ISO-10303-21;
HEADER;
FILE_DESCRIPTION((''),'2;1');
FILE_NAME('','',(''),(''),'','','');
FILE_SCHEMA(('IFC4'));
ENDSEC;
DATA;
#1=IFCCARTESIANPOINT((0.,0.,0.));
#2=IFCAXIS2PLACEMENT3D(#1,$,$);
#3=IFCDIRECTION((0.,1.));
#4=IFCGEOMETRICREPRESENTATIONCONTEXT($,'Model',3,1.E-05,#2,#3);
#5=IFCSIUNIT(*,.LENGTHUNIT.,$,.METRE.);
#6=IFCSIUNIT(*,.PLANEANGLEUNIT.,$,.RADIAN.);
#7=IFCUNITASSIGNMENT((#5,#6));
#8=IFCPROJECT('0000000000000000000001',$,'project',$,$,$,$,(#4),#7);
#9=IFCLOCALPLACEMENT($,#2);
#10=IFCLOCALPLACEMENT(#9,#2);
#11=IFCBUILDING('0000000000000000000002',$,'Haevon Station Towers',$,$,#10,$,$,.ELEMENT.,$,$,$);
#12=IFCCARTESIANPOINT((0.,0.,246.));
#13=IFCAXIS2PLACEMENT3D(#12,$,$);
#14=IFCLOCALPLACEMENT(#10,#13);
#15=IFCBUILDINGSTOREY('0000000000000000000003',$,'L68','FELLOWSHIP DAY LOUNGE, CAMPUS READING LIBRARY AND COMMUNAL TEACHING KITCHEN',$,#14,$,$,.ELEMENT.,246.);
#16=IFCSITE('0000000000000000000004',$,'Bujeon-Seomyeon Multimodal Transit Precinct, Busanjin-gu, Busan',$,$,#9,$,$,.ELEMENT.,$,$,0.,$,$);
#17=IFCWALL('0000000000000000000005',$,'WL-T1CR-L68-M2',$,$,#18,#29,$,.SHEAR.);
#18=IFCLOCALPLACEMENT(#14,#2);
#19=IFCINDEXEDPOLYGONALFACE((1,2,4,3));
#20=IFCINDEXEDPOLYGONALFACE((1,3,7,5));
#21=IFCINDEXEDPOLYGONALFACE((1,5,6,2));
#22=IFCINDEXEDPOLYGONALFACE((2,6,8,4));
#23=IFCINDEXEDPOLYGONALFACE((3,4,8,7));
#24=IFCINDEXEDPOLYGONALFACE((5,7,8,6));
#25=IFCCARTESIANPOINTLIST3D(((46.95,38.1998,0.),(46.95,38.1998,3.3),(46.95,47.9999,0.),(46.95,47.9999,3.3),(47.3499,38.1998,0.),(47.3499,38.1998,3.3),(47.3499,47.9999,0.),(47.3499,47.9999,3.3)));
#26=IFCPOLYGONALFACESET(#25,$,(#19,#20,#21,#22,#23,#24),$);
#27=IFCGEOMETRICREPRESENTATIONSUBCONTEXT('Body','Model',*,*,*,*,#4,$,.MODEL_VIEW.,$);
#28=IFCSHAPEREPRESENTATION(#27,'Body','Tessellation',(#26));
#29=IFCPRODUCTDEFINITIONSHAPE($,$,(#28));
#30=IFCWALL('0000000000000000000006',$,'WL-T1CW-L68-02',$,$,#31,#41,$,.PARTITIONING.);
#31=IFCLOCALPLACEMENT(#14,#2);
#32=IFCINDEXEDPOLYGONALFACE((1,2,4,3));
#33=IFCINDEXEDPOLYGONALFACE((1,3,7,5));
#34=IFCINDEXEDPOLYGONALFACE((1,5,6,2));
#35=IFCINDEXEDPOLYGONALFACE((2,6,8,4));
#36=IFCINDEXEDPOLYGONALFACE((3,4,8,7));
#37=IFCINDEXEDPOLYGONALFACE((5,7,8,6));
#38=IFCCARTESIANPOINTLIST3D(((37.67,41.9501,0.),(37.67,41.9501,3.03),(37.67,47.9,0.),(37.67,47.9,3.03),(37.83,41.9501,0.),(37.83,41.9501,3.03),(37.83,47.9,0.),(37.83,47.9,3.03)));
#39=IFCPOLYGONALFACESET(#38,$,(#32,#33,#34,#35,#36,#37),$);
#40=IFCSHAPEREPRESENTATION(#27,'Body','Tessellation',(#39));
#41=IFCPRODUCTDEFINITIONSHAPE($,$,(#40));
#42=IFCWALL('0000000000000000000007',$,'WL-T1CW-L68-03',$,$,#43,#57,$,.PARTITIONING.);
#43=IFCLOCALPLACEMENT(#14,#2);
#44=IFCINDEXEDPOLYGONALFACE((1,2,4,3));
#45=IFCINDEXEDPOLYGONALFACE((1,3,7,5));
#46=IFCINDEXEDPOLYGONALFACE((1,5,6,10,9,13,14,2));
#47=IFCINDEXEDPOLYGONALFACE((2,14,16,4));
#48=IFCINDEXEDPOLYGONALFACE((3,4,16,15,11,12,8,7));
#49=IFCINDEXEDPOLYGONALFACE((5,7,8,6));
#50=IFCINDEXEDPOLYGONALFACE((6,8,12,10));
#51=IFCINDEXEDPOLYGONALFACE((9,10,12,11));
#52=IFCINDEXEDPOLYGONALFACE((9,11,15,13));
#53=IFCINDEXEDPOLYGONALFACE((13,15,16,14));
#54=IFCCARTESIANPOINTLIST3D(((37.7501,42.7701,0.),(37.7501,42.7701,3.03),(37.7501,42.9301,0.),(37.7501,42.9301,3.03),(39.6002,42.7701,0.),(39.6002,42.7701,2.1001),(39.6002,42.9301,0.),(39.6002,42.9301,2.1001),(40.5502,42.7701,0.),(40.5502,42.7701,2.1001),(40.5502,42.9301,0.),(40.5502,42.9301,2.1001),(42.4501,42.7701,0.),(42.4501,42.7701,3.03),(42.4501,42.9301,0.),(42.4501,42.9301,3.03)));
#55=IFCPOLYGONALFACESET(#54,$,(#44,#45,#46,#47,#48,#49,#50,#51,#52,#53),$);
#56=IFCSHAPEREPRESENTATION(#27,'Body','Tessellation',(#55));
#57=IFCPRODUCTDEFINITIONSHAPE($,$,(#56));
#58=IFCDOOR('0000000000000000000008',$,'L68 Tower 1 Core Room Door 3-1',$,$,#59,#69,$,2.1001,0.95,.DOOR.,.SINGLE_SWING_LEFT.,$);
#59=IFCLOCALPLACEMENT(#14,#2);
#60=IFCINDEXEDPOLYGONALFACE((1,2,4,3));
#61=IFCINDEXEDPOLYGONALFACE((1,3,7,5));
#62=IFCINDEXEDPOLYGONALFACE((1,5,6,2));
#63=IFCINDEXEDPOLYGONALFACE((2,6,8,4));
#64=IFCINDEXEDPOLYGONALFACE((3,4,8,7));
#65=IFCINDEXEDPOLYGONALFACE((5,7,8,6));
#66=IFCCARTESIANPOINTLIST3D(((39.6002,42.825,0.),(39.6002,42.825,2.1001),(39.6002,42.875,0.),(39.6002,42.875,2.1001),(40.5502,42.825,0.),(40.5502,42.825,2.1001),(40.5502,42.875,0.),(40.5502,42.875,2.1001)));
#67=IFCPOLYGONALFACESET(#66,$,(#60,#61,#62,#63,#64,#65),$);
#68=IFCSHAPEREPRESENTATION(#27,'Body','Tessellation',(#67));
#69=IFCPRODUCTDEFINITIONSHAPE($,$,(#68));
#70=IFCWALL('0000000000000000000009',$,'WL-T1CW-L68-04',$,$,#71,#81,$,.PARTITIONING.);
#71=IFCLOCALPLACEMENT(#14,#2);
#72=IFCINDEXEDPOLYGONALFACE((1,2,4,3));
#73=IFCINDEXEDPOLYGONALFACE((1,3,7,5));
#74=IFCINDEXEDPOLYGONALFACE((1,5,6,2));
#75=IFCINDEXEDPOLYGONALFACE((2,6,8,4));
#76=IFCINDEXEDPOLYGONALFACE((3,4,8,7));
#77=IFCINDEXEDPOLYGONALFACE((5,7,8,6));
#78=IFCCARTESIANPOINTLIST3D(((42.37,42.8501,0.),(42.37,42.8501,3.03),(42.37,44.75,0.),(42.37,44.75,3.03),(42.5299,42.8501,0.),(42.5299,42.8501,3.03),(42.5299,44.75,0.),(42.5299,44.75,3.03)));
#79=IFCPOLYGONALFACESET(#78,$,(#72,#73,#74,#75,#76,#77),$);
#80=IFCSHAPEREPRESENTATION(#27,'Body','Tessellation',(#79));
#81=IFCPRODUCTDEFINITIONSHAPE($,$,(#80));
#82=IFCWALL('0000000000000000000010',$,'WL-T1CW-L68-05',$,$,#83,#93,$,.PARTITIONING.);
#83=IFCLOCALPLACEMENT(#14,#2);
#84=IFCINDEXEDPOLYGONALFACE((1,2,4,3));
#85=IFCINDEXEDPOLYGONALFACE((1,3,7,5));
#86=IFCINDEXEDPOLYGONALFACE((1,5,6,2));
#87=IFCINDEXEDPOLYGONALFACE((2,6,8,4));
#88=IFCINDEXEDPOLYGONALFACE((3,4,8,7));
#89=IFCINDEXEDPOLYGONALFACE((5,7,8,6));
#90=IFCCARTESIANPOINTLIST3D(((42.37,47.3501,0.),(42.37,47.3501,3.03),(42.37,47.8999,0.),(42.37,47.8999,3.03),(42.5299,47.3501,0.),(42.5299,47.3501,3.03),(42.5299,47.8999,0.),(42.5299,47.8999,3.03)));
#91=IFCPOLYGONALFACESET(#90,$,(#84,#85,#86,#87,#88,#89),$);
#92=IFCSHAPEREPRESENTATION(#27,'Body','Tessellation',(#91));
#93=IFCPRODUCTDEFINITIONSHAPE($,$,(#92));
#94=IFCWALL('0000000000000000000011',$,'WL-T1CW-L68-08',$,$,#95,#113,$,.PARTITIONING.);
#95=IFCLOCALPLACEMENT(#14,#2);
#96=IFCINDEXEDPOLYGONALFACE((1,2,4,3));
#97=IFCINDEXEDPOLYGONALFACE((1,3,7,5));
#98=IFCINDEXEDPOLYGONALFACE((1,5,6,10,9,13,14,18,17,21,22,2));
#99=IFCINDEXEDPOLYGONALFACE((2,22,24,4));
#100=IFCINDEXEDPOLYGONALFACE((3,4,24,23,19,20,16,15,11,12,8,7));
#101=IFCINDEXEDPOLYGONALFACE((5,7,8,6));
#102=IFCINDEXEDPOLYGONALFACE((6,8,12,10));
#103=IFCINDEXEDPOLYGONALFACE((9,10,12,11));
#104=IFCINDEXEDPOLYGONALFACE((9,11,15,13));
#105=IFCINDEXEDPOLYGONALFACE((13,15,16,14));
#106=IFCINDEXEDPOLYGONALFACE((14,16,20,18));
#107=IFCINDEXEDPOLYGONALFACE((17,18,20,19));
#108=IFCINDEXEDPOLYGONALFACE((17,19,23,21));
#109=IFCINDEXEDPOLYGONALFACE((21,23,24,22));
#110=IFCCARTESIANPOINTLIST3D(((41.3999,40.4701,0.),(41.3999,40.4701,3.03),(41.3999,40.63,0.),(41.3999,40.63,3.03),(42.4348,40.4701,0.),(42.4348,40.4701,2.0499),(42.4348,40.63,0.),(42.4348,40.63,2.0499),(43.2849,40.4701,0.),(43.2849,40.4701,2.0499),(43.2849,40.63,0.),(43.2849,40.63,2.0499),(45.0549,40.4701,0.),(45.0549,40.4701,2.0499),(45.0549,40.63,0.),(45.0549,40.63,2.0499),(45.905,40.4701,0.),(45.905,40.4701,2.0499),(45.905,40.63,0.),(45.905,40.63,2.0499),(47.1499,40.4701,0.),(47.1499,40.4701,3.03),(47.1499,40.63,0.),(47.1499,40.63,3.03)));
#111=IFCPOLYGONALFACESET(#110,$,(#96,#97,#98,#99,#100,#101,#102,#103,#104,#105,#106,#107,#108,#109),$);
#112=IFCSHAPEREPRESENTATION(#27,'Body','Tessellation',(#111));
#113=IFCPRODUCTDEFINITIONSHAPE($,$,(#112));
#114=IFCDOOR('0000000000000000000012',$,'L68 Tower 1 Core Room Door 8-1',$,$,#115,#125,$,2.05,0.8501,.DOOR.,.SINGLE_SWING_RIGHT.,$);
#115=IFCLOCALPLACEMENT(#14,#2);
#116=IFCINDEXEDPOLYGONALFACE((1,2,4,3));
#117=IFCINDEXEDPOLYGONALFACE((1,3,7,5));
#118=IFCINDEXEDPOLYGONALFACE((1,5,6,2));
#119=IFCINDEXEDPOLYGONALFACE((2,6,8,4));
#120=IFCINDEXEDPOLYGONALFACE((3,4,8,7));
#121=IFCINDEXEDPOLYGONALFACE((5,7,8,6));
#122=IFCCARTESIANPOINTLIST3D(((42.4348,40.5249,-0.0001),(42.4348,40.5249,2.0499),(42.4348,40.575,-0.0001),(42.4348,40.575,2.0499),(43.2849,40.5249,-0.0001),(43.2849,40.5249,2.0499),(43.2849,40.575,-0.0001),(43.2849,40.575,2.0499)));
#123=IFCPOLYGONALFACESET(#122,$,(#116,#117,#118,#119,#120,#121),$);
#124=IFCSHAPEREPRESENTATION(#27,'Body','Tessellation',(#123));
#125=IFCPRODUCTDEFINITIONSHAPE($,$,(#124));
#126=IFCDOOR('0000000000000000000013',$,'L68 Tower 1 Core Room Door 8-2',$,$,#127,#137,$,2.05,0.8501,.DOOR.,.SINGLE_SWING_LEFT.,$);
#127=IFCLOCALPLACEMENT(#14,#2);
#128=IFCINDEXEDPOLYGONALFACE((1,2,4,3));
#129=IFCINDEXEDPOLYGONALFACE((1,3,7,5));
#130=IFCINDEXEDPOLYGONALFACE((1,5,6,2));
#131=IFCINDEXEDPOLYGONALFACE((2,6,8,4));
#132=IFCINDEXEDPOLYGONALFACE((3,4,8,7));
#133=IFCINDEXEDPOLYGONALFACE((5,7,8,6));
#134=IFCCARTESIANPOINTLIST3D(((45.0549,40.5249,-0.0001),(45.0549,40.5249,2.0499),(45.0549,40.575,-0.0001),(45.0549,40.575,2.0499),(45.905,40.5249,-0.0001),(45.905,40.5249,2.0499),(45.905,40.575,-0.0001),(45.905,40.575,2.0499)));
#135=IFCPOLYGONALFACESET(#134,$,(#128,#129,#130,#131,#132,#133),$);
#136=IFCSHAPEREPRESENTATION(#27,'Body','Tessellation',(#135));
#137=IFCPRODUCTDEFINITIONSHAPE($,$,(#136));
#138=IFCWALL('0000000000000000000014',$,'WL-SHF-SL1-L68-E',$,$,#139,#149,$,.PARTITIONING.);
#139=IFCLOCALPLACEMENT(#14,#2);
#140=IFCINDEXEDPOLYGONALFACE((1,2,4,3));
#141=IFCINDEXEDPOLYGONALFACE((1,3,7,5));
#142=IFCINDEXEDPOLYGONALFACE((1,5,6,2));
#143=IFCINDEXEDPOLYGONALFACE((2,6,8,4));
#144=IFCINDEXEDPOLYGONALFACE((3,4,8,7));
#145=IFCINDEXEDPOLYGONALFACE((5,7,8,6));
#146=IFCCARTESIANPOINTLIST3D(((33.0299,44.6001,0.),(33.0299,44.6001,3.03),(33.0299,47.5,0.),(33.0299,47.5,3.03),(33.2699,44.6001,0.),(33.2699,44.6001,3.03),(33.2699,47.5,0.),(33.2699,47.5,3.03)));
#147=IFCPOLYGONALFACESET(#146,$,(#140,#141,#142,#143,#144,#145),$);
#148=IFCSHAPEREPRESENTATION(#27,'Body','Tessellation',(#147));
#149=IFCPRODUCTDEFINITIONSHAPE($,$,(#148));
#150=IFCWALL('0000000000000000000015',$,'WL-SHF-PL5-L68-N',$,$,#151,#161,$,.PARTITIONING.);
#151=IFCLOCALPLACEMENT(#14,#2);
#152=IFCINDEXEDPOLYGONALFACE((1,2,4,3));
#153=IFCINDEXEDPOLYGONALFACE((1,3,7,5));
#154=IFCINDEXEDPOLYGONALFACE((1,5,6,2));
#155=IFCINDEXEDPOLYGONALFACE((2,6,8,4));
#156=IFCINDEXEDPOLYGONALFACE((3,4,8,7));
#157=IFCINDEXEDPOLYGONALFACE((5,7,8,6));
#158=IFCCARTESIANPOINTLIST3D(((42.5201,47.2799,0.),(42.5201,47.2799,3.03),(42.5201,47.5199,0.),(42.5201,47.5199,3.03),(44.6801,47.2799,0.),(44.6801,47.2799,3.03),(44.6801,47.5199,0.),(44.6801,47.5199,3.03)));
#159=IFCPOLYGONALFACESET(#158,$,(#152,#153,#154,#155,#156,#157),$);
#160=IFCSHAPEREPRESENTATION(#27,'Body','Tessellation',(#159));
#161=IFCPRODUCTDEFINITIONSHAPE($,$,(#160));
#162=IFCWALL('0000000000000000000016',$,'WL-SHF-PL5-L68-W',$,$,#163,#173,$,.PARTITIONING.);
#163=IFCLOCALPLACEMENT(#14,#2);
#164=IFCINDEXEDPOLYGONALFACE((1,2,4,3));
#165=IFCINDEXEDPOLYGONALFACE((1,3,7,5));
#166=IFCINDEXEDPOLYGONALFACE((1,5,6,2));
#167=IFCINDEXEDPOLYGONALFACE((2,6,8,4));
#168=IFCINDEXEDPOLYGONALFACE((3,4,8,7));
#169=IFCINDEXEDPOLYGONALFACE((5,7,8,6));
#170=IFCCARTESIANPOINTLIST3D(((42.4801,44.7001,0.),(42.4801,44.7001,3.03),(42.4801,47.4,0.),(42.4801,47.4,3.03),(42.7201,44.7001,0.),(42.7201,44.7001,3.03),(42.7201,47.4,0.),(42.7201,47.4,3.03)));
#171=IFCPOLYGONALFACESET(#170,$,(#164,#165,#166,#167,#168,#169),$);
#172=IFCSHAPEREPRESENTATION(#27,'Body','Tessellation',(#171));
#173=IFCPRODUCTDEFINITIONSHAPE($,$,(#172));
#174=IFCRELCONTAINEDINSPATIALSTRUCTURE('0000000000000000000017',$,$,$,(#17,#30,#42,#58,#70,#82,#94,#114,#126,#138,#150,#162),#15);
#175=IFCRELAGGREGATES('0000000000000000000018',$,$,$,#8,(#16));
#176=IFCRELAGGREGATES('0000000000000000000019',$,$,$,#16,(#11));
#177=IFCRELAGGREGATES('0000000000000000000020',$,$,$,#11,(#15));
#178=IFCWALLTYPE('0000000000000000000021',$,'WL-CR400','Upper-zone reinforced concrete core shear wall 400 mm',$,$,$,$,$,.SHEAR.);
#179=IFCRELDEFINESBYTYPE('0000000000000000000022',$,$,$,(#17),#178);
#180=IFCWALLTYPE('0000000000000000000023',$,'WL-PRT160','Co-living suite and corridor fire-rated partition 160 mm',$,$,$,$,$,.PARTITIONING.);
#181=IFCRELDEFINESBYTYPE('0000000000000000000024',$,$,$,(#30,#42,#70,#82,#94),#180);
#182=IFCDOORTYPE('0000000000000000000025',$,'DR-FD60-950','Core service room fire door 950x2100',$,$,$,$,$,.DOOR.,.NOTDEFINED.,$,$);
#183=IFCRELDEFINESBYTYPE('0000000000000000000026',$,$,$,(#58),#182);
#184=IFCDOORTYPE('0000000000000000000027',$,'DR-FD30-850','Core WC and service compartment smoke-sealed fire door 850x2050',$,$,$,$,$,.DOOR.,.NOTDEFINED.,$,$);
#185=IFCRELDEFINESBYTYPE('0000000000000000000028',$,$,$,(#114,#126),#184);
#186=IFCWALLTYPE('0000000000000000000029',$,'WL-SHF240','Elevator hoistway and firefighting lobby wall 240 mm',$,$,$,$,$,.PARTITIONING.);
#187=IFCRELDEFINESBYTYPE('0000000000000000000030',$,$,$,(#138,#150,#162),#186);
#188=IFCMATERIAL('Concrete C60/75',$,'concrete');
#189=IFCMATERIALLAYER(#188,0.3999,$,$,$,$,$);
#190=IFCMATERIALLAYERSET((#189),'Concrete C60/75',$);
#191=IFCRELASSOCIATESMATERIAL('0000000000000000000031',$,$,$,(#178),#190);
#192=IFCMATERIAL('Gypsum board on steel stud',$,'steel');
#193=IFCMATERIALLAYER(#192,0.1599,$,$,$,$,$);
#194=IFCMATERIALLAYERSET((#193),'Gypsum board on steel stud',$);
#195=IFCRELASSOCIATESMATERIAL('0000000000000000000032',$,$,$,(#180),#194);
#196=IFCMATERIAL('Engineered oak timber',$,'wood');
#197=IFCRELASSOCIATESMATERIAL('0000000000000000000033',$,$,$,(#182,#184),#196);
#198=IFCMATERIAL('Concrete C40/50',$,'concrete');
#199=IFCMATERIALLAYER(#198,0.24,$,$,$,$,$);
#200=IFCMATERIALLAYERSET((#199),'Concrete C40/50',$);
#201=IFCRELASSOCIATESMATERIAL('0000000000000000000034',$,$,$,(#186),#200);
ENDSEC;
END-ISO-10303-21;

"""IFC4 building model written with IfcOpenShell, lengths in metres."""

from ifc_helpers import new_model, si_unit, direction, frame, frame_2d, origin, place, context, subcontext, project, spatial, rectangle, extrude, material, layer, layer_set, type_object, element, fill, save


model = new_model("IFC4")

# Units and contexts
model_context = context("Model", 3, precision=1e-05, world=origin(), true_north=direction((0.0, 1.0)))
body_context = subcontext(model_context, "Body", "Model", "MODEL_VIEW")
ifc_project = project(units=[si_unit("LENGTHUNIT", "METRE"), si_unit("PLANEANGLEUNIT", "RADIAN")], contexts=[model_context])

# Site, building, storey
site_placement = place(None, origin())
site = spatial("IfcSite", under=ifc_project, at=site_placement, Name="Bujeon-Seomyeon Multimodal Transit Precinct, Busanjin-gu, Busan", CompositionType="ELEMENT", RefElevation=0.0)
building_placement = place(site_placement, origin())
building = spatial("IfcBuilding", under=site, at=building_placement, Name="Haevon Station Towers", CompositionType="ELEMENT")
storey_placement = place(building_placement, frame((0.0, 0.0, 246.0)))
storey = spatial("IfcBuildingStorey", under=building, at=storey_placement, Name="L68", Description="FELLOWSHIP DAY LOUNGE, CAMPUS READING LIBRARY AND COMMUNAL TEACHING KITCHEN", CompositionType="ELEMENT", Elevation=246.0)

# Shared definitions
ifc_material_1 = material(Name="Gypsum board on steel stud", Category="steel")
ifc_material_2 = material(Name="Engineered oak timber", Category="wood")

# Walls
ifc_material_3 = material(Name="Concrete C60/75", Category="concrete")
ifc_layer_1 = layer(ifc_material_3, 0.3999)
ifc_layer_set_1 = layer_set([ifc_layer_1], Name="Concrete C60/75")
wall_type_1 = type_object("IfcWallType", Name="WL-CR400", Description="Upper-zone reinforced concrete core shear wall 400 mm", PredefinedType="SHEAR", material=ifc_layer_set_1)
wall_1_placement = place(storey_placement, frame((47.1499, 38.2, 0.0), z_axis=(0.0, 0.0, 1.0), x_axis=(0.0, 1.0, 0.0)))
element("IfcWall", 1, at=wall_1_placement, inside=storey, type_object=wall_type_1, Name="WL-T1CR-L68-M2", PredefinedType="SHEAR", context=body_context, shape_type="SweptSolid", body=[
    extrude(rectangle(XDim=9.8, YDim=0.3999, at=frame_2d((4.8999, 0.0))), origin(), (0.0, 0.0, 1.0), 3.3),
])
ifc_layer_2 = layer(ifc_material_1, 0.1599)
ifc_layer_set_2 = layer_set([ifc_layer_2], Name="Gypsum board on steel stud")
wall_type_2 = type_object("IfcWallType", Name="WL-PRT160", Description="Co-living suite and corridor fire-rated partition 160 mm", PredefinedType="PARTITIONING", material=ifc_layer_set_2)
wall_2_placement = place(storey_placement, frame((37.75, 41.95, 0.0), z_axis=(0.0, 0.0, 1.0), x_axis=(0.0, 1.0, 0.0)))
element("IfcWall", 2, at=wall_2_placement, inside=storey, type_object=wall_type_2, Name="WL-T1CW-L68-02", PredefinedType="PARTITIONING", context=body_context, shape_type="SweptSolid", body=[
    extrude(rectangle(XDim=5.95, YDim=0.1599, at=frame_2d((2.9751, 0.0))), origin(), (0.0, 0.0, 1.0), 3.03),
])

# Wall, opening, door
wall_3_placement = place(storey_placement, frame((37.75, 42.8501, 0.0), z_axis=(0.0, 0.0, 1.0), x_axis=(1.0, 0.0, 0.0)))
wall_3 = element("IfcWall", 3, at=wall_3_placement, inside=storey, type_object=wall_type_2, Name="WL-T1CW-L68-03", PredefinedType="PARTITIONING", context=body_context, shape_type="SweptSolid", body=[
    extrude(rectangle(XDim=4.7, YDim=0.1599, at=frame_2d((2.3501, 0.0))), origin(), (0.0, 0.0, 1.0), 3.03),
])
opening_1_placement = place(wall_3_placement, frame((1.8501, 0.0, 0.0)))
opening_1 = element("IfcOpeningElement", 4, at=opening_1_placement, cuts=wall_3, PredefinedType="OPENING", context=body_context, shape_type="SweptSolid", body=[
    extrude(rectangle(XDim=0.95, YDim=2.1001, at=frame_2d((0.4751, 1.05))), frame((0.0, 0.0898, 0.0), z_axis=(0.0, -1.0, 0.0), x_axis=(1.0, 0.0, 0.0)), (0.0, 0.0, 1.0), 0.1799),
])
door_type_1 = type_object("IfcDoorType", Name="DR-FD60-950", Description="Core service room fire door 950x2100", OperationType="NOTDEFINED", PredefinedType="DOOR", material=ifc_material_2)
door_1_placement = place(opening_1_placement, origin())
door_1 = element("IfcDoor", 5, at=door_1_placement, inside=storey, type_object=door_type_1, Name="L68 Tower 1 Core Room Door 3-1", OperationType="SINGLE_SWING_LEFT", OverallHeight=2.1001, OverallWidth=0.95, PredefinedType="DOOR", context=body_context, shape_type="SweptSolid", body=[
    extrude(rectangle(XDim=0.95, YDim=2.1001, at=frame_2d((0.4751, 1.05))), frame((0.0, 0.0249, 0.0), z_axis=(0.0, -1.0, 0.0), x_axis=(1.0, 0.0, 0.0)), (0.0, 0.0, 1.0), 0.05),
])
fill(opening_1, door_1)

# Walls
wall_4_placement = place(storey_placement, frame((42.45, 42.8501, 0.0), z_axis=(0.0, 0.0, 1.0), x_axis=(0.0, 1.0, 0.0)))
element("IfcWall", 6, at=wall_4_placement, inside=storey, type_object=wall_type_2, Name="WL-T1CW-L68-04", PredefinedType="PARTITIONING", context=body_context, shape_type="SweptSolid", body=[
    extrude(rectangle(XDim=1.8999, YDim=0.1599, at=frame_2d((0.95, 0.0))), origin(), (0.0, 0.0, 1.0), 3.03),
])
wall_5_placement = place(storey_placement, frame((42.45, 47.3501, 0.0), z_axis=(0.0, 0.0, 1.0), x_axis=(0.0, 1.0, 0.0)))
element("IfcWall", 7, at=wall_5_placement, inside=storey, type_object=wall_type_2, Name="WL-T1CW-L68-05", PredefinedType="PARTITIONING", context=body_context, shape_type="SweptSolid", body=[
    extrude(rectangle(XDim=0.5498, YDim=0.1599, at=frame_2d((0.2749, 0.0))), origin(), (0.0, 0.0, 1.0), 3.03),
])

# Wall, openings, doors
wall_6_placement = place(storey_placement, frame((41.3999, 40.55, 0.0), z_axis=(0.0, 0.0, 1.0), x_axis=(1.0, 0.0, 0.0)))
wall_6 = element("IfcWall", 8, at=wall_6_placement, inside=storey, type_object=wall_type_2, Name="WL-T1CW-L68-08", PredefinedType="PARTITIONING", context=body_context, shape_type="SweptSolid", body=[
    extrude(rectangle(XDim=5.75, YDim=0.1599, at=frame_2d((2.875, 0.0))), origin(), (0.0, 0.0, 1.0), 3.03),
])
opening_2_placement = place(wall_6_placement, frame((1.0349, 0.0, 0.0)))
opening_2 = element("IfcOpeningElement", 9, at=opening_2_placement, cuts=wall_6, PredefinedType="OPENING", context=body_context, shape_type="SweptSolid", body=[
    extrude(rectangle(XDim=0.8501, YDim=2.05, at=frame_2d((0.425, 1.0249))), frame((0.0, 0.0898, 0.0), z_axis=(0.0, -1.0, 0.0), x_axis=(1.0, 0.0, 0.0)), (0.0, 0.0, 1.0), 0.1799),
])
opening_3_placement = place(wall_6_placement, frame((3.655, 0.0, 0.0)))
opening_3 = element("IfcOpeningElement", 10, at=opening_3_placement, cuts=wall_6, PredefinedType="OPENING", context=body_context, shape_type="SweptSolid", body=[
    extrude(rectangle(XDim=0.8501, YDim=2.05, at=frame_2d((0.425, 1.0249))), frame((0.0, 0.0898, 0.0), z_axis=(0.0, -1.0, 0.0), x_axis=(1.0, 0.0, 0.0)), (0.0, 0.0, 1.0), 0.1799),
])
door_type_2 = type_object("IfcDoorType", Name="DR-FD30-850", Description="Core WC and service compartment smoke-sealed fire door 850x2050", OperationType="NOTDEFINED", PredefinedType="DOOR", material=ifc_material_2)
door_2_placement = place(opening_2_placement, origin())
door_2 = element("IfcDoor", 11, at=door_2_placement, inside=storey, type_object=door_type_2, Name="L68 Tower 1 Core Room Door 8-1", OperationType="SINGLE_SWING_RIGHT", OverallHeight=2.05, OverallWidth=0.8501, PredefinedType="DOOR", context=body_context, shape_type="SweptSolid", body=[
    extrude(rectangle(XDim=0.8501, YDim=2.05, at=frame_2d((0.425, 1.0249))), frame((0.0, 0.0249, 0.0), z_axis=(0.0, -1.0, 0.0), x_axis=(1.0, 0.0, 0.0)), (0.0, 0.0, 1.0), 0.05),
])
fill(opening_2, door_2)
door_3_placement = place(opening_3_placement, origin())
door_3 = element("IfcDoor", 12, at=door_3_placement, inside=storey, type_object=door_type_2, Name="L68 Tower 1 Core Room Door 8-2", OperationType="SINGLE_SWING_LEFT", OverallHeight=2.05, OverallWidth=0.8501, PredefinedType="DOOR", context=body_context, shape_type="SweptSolid", body=[
    extrude(rectangle(XDim=0.8501, YDim=2.05, at=frame_2d((0.425, 1.0249))), frame((0.0, 0.0249, 0.0), z_axis=(0.0, -1.0, 0.0), x_axis=(1.0, 0.0, 0.0)), (0.0, 0.0, 1.0), 0.05),
])
fill(opening_3, door_3)

# Wall
ifc_material_4 = material(Name="Concrete C40/50", Category="concrete")
ifc_layer_3 = layer(ifc_material_4, 0.24)
ifc_layer_set_3 = layer_set([ifc_layer_3], Name="Concrete C40/50")
wall_type_3 = type_object("IfcWallType", Name="WL-SHF240", Description="Elevator hoistway and firefighting lobby wall 240 mm", PredefinedType="PARTITIONING", material=ifc_layer_set_3)
wall_7_placement = place(storey_placement, frame((33.1499, 44.6001, 0.0), z_axis=(0.0, 0.0, 1.0), x_axis=(0.0, 1.0, 0.0)))
element("IfcWall", 13, at=wall_7_placement, inside=storey, type_object=wall_type_3, Name="WL-SHF-SL1-L68-E", PredefinedType="PARTITIONING", context=body_context, shape_type="SweptSolid", body=[
    extrude(rectangle(XDim=2.8999, YDim=0.24, at=frame_2d((1.45, 0.0))), origin(), (0.0, 0.0, 1.0), 3.03),
])

# Walls
wall_8_placement = place(storey_placement, frame((42.52, 47.3999, 0.0), z_axis=(0.0, 0.0, 1.0), x_axis=(1.0, 0.0, 0.0)))
element("IfcWall", 14, at=wall_8_placement, inside=storey, type_object=wall_type_3, Name="WL-SHF-PL5-L68-N", PredefinedType="PARTITIONING", context=body_context, shape_type="SweptSolid", body=[
    extrude(rectangle(XDim=2.1599, YDim=0.24, at=frame_2d((1.0801, 0.0))), origin(), (0.0, 0.0, 1.0), 3.03),
])
for number, where, z_axis, x_axis, name in (
    (15, (42.6001, 44.7, 0.0), (0.0, 0.0, 1.0), (0.0, 1.0, 0.0), "WL-SHF-PL5-L68-W"),
):
    element("IfcWall", number, at=place(storey_placement, frame(where, z_axis=z_axis, x_axis=x_axis)), inside=storey, type_object=wall_type_3, Name=name, PredefinedType="PARTITIONING", context=body_context, shape_type="SweptSolid", body=[
        extrude(rectangle(XDim=2.7, YDim=0.24, at=frame_2d((1.3501, 0.0))), origin(), (0.0, 0.0, 1.0), 3.03),
    ])

save(model, "model.ifc")
